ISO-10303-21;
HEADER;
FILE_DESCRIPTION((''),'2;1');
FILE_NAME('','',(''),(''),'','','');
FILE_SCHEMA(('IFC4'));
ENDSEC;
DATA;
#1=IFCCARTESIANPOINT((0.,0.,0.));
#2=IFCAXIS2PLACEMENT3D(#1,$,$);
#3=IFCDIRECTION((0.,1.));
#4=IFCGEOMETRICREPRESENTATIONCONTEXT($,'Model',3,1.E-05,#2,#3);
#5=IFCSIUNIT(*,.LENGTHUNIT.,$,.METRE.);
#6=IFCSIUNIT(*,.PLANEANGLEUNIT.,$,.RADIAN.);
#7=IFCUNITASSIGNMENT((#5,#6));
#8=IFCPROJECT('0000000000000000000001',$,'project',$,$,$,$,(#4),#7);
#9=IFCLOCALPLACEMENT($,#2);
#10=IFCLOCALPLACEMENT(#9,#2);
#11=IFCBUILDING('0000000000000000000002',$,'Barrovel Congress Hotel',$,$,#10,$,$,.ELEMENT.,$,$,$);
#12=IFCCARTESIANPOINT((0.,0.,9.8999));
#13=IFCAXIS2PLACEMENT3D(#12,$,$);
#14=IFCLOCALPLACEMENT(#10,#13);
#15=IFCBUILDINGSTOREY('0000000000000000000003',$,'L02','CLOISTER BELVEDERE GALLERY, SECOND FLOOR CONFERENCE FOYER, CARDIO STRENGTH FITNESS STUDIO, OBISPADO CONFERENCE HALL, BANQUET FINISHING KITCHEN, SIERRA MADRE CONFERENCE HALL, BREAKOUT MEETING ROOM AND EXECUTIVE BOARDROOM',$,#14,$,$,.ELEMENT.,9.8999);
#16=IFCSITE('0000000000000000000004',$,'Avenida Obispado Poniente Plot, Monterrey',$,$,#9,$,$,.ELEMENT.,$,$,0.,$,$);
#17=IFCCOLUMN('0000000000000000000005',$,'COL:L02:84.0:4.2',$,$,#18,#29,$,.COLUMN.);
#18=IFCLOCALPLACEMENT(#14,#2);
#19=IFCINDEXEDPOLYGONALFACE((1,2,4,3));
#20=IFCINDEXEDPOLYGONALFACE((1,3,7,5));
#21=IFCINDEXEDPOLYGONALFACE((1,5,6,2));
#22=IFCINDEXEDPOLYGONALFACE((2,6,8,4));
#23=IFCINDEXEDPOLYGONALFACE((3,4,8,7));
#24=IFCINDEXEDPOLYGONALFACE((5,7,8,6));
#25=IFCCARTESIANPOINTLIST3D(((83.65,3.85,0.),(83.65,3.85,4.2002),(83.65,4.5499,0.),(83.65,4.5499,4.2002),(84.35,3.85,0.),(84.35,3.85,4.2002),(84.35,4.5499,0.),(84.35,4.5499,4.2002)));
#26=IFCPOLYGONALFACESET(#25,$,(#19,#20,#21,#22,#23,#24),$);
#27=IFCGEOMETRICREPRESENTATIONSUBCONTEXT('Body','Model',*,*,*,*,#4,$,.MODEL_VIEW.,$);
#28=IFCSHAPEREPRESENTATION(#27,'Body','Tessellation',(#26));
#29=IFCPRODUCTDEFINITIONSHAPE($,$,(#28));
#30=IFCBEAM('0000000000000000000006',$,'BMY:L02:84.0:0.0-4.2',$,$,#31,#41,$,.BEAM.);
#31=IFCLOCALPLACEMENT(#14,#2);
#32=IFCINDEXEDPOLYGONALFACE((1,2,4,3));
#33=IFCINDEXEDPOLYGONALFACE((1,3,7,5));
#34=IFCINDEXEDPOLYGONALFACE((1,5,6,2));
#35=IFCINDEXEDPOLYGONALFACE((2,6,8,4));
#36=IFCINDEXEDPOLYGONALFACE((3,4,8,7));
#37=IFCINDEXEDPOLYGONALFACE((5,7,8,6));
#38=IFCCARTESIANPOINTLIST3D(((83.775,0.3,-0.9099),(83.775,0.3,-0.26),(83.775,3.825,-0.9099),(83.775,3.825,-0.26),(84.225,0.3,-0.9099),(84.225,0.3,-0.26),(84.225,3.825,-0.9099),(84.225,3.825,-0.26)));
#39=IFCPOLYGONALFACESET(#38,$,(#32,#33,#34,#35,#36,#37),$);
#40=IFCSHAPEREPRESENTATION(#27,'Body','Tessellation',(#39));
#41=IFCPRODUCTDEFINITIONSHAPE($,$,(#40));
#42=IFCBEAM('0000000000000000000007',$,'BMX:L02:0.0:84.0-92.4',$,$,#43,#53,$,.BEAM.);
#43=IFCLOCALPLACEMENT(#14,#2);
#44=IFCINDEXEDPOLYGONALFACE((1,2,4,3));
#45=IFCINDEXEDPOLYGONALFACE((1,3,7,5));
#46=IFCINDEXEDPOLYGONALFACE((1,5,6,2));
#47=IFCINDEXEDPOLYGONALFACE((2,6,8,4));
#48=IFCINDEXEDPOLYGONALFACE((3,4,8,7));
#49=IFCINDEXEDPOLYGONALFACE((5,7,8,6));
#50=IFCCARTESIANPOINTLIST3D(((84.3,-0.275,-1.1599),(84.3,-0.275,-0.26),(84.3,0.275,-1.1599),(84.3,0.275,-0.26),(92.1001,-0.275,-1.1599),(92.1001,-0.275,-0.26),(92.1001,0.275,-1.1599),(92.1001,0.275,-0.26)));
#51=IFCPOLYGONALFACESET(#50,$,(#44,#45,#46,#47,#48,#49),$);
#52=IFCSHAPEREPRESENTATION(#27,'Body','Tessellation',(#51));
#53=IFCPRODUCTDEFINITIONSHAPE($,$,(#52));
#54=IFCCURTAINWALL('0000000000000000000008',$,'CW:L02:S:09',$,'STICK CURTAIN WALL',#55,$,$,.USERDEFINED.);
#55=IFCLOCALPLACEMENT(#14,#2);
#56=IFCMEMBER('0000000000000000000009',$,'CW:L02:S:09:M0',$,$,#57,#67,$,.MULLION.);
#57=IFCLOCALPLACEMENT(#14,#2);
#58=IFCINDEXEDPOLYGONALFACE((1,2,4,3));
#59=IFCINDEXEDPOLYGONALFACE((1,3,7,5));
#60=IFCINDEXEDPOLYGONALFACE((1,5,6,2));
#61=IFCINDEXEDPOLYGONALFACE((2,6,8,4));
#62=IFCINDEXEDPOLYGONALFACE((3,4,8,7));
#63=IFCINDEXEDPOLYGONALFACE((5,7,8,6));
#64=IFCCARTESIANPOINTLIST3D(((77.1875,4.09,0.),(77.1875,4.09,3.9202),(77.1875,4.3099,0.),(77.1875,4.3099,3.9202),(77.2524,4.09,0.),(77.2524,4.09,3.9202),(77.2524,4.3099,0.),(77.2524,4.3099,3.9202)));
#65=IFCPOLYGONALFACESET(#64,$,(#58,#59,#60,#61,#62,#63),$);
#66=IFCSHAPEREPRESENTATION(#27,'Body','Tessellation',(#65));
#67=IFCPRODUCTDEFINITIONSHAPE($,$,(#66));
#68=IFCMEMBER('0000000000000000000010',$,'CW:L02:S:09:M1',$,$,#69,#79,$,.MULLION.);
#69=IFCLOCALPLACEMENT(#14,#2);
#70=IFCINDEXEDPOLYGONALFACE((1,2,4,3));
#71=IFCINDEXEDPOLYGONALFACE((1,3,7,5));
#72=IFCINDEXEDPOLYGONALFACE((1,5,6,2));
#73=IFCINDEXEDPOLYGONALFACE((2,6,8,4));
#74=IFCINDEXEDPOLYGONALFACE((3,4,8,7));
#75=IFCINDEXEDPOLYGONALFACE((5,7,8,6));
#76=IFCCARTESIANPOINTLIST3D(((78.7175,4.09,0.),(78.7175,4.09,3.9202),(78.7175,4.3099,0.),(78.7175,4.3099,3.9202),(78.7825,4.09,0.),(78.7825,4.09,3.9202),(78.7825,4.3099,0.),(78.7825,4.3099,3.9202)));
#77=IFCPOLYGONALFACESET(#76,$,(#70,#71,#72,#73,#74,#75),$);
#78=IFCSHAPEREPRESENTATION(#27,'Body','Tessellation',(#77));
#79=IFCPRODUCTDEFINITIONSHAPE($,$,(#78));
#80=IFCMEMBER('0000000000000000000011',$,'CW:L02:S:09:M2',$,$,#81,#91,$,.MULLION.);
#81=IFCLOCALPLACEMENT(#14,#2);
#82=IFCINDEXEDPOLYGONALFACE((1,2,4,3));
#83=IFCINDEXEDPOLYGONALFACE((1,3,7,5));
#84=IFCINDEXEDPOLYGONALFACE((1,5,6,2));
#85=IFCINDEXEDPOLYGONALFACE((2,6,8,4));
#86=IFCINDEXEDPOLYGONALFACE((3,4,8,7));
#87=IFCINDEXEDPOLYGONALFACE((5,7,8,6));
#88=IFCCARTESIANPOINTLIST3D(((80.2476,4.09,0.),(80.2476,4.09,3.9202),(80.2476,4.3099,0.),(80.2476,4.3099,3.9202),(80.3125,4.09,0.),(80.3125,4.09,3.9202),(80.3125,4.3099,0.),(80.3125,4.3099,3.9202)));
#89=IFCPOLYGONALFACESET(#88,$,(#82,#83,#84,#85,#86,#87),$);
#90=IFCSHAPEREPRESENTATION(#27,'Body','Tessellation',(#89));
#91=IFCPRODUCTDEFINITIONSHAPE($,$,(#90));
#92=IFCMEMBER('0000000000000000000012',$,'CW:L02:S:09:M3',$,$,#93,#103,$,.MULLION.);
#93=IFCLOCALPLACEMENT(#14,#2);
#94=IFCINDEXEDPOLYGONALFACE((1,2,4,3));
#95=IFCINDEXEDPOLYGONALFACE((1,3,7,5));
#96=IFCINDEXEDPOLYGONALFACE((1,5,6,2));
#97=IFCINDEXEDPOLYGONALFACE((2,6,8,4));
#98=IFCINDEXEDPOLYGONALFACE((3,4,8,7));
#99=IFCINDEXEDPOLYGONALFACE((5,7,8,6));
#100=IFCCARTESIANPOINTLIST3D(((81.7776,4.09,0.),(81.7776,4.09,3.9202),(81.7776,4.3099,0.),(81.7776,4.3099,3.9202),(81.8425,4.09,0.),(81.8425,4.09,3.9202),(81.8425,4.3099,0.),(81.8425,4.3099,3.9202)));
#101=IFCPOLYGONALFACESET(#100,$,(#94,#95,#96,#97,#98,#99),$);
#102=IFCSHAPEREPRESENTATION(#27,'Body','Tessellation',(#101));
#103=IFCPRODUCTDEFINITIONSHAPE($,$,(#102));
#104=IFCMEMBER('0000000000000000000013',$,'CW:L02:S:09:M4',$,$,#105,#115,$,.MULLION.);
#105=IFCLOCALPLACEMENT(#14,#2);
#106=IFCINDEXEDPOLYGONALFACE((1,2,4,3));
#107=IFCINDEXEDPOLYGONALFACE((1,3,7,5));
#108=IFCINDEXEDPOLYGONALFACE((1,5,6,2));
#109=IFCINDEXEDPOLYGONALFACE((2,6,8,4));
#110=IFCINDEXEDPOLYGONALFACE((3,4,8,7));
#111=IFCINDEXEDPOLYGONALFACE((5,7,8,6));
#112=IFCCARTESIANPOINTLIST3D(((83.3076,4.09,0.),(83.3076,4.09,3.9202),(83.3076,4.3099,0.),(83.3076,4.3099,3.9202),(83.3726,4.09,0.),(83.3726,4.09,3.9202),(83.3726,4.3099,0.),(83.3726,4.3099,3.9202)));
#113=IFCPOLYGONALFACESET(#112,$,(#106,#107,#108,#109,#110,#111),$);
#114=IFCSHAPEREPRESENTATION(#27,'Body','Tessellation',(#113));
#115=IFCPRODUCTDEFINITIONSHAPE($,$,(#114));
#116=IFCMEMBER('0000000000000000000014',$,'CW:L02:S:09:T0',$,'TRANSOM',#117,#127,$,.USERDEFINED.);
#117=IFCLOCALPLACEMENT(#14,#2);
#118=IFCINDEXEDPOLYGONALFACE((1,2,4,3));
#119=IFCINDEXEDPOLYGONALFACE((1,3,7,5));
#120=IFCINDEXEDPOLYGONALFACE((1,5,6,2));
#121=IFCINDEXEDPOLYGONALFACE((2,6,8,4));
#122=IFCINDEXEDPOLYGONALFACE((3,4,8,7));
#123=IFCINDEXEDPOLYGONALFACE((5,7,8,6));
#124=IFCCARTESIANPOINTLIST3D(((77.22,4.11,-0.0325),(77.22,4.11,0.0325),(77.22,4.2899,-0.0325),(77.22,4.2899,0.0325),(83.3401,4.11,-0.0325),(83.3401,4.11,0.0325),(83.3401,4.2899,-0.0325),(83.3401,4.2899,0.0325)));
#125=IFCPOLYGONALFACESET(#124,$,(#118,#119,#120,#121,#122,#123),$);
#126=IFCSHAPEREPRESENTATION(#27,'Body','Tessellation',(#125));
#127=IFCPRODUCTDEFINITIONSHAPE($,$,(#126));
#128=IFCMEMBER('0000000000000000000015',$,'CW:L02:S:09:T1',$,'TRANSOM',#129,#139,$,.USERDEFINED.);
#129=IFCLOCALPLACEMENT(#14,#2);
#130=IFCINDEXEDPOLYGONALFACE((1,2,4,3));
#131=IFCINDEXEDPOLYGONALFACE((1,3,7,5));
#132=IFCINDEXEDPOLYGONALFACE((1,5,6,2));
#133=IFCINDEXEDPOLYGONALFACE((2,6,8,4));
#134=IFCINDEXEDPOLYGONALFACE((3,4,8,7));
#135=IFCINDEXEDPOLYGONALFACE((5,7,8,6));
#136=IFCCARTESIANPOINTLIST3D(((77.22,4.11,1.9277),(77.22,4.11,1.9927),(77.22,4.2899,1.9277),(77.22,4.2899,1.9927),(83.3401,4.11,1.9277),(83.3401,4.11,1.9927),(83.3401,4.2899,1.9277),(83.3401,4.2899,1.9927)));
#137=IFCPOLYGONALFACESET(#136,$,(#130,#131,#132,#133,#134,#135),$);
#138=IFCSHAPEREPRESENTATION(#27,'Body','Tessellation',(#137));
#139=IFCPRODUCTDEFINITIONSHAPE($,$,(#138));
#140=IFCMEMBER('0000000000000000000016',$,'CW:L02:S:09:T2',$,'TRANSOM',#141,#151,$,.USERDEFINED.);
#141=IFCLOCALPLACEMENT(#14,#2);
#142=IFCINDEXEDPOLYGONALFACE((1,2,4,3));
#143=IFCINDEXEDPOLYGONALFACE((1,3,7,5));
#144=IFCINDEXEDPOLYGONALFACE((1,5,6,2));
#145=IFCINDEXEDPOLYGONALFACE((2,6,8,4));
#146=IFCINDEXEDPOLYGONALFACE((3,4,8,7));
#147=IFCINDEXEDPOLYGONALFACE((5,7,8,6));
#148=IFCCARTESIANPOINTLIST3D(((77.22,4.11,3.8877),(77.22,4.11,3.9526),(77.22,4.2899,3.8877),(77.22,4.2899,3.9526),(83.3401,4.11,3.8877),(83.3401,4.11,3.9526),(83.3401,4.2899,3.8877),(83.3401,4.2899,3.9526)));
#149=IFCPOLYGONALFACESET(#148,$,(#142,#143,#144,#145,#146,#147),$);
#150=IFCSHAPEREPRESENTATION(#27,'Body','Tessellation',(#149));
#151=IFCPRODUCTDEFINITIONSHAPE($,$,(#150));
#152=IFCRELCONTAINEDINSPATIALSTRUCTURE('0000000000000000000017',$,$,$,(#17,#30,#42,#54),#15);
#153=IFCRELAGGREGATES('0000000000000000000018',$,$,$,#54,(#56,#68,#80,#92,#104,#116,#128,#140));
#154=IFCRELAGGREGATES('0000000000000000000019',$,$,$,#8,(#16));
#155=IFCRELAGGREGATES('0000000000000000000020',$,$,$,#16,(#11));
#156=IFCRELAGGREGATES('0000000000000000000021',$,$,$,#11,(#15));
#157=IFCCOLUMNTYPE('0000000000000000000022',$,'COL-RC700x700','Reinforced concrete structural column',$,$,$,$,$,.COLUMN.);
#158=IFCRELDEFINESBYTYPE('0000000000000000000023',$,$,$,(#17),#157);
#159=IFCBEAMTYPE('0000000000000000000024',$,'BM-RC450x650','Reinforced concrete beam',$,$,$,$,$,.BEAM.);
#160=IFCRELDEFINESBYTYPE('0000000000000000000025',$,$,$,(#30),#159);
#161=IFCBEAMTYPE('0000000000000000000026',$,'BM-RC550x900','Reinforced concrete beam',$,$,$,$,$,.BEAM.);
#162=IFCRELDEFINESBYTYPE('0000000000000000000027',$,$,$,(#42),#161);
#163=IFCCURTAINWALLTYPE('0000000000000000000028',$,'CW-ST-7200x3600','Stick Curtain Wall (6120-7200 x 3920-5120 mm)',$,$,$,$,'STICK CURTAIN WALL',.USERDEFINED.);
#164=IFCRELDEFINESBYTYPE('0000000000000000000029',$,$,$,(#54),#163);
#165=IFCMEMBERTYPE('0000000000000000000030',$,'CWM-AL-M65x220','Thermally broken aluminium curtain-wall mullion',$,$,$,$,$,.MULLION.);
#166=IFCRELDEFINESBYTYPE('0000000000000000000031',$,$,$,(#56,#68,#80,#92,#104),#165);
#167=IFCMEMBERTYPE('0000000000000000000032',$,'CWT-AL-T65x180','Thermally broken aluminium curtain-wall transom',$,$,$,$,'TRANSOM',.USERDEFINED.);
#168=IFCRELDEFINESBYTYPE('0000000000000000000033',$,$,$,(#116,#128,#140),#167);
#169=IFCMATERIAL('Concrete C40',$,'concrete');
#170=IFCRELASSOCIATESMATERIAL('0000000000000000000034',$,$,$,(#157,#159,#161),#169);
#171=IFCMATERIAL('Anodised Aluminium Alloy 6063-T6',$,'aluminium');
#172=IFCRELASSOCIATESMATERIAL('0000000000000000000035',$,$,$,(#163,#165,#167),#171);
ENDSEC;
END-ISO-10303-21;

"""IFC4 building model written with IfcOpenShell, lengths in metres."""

from ifc_helpers import new_model, si_unit, direction, frame, origin, origin_2d, place, context, subcontext, project, spatial, rectangle, extrude, material, material_profile, profile_set, type_object, element, aggregate, save


model = new_model("IFC4")

# Units and contexts
model_context = context("Model", 3, precision=1e-05, world=origin(), true_north=direction((0.0, 1.0)))
body_context = subcontext(model_context, "Body", "Model", "MODEL_VIEW")
ifc_project = project(units=[si_unit("LENGTHUNIT", "METRE"), si_unit("PLANEANGLEUNIT", "RADIAN")], contexts=[model_context])

# Site, building, storey
site_placement = place(None, origin())
site = spatial("IfcSite", under=ifc_project, at=site_placement, Name="Avenida Obispado Poniente Plot, Monterrey", CompositionType="ELEMENT", RefElevation=0.0)
building_placement = place(site_placement, origin())
building = spatial("IfcBuilding", under=site, at=building_placement, Name="Barrovel Congress Hotel", CompositionType="ELEMENT")
storey_placement = place(building_placement, frame((0.0, 0.0, 9.8999)))
storey = spatial("IfcBuildingStorey", under=building, at=storey_placement, Name="L02", Description="CLOISTER BELVEDERE GALLERY, SECOND FLOOR CONFERENCE FOYER, CARDIO STRENGTH FITNESS STUDIO, OBISPADO CONFERENCE HALL, BANQUET FINISHING KITCHEN, SIERRA MADRE CONFERENCE HALL, BREAKOUT MEETING ROOM AND EXECUTIVE BOARDROOM", CompositionType="ELEMENT", Elevation=9.8999)

# Column
ifc_material_1 = material(Name="Concrete C40", Category="concrete")
ifc_material_profile_1 = material_profile(ifc_material_1, rectangle(XDim=0.7, YDim=0.7, at=origin_2d()), Name="RC700x700")
ifc_profile_set_1 = profile_set([ifc_material_profile_1], Name="Concrete C40")
column_type = type_object("IfcColumnType", Name="COL-RC700x700", Description="Reinforced concrete structural column", PredefinedType="COLUMN", material=ifc_profile_set_1)
column_placement = place(storey_placement, frame((84.0, 4.2, 0.0), z_axis=(0.0, 0.0, 1.0), x_axis=(1.0, 0.0, 0.0)))
element("IfcColumn", 1, at=column_placement, inside=storey, type_object=column_type, Name="COL:L02:84.0:4.2", PredefinedType="COLUMN", context=body_context, shape_type="SweptSolid", body=[
    extrude(rectangle(XDim=0.7, YDim=0.7, at=origin_2d()), origin(), (0.0, 0.0, 1.0), 4.2002),
])

# Beams
ifc_material_profile_2 = material_profile(ifc_material_1, rectangle(XDim=0.45, YDim=0.6499, at=origin_2d()), Name="RC450x650")
ifc_profile_set_2 = profile_set([ifc_material_profile_2], Name="Concrete C40")
beam_type_1 = type_object("IfcBeamType", Name="BM-RC450x650", Description="Reinforced concrete beam", PredefinedType="BEAM", material=ifc_profile_set_2)
beam_1_placement = place(storey_placement, frame((84.0, 0.3, -0.585), z_axis=(0.0, 1.0, 0.0), x_axis=(-1.0, 0.0, 0.0)))
element("IfcBeam", 2, at=beam_1_placement, inside=storey, type_object=beam_type_1, Name="BMY:L02:84.0:0.0-4.2", PredefinedType="BEAM", context=body_context, shape_type="SweptSolid", body=[
    extrude(rectangle(XDim=0.45, YDim=0.6499, at=origin_2d()), origin(), (0.0, 0.0, 1.0), 3.5249),
])
ifc_material_profile_3 = material_profile(ifc_material_1, rectangle(XDim=0.55, YDim=0.8999, at=origin_2d()), Name="RC550x900")
ifc_profile_set_3 = profile_set([ifc_material_profile_3], Name="Concrete C40")
beam_type_2 = type_object("IfcBeamType", Name="BM-RC550x900", Description="Reinforced concrete beam", PredefinedType="BEAM", material=ifc_profile_set_3)
beam_2_placement = place(storey_placement, frame((84.3, 0.0, -0.71), z_axis=(1.0, 0.0, 0.0), x_axis=(0.0, 1.0, 0.0)))
element("IfcBeam", 3, at=beam_2_placement, inside=storey, type_object=beam_type_2, Name="BMX:L02:0.0:84.0-92.4", PredefinedType="BEAM", context=body_context, shape_type="SweptSolid", body=[
    extrude(rectangle(XDim=0.55, YDim=0.8999, at=origin_2d()), origin(), (0.0, 0.0, 1.0), 7.8),
])

# Curtain wall, members
ifc_material_2 = material(Name="Anodised Aluminium Alloy 6063-T6", Category="aluminium")
curtain_wall_type = type_object("IfcCurtainWallType", Name="CW-ST-7200x3600", Description="Stick Curtain Wall (6120-7200 x 3920-5120 mm)", ElementType="STICK CURTAIN WALL", PredefinedType="USERDEFINED", material=ifc_material_2)
curtain_wall_placement = place(storey_placement, origin())
curtain_wall = element("IfcCurtainWall", 4, at=curtain_wall_placement, inside=storey, type_object=curtain_wall_type, Name="CW:L02:S:09", ObjectType="STICK CURTAIN WALL", PredefinedType="USERDEFINED")
ifc_material_profile_4 = material_profile(ifc_material_2, rectangle(XDim=0.0649, YDim=0.22, at=origin_2d()), Name="AL-M65x220")
ifc_profile_set_4 = profile_set([ifc_material_profile_4], Name="Anodised Aluminium Alloy 6063-T6")
member_type_1 = type_object("IfcMemberType", Name="CWM-AL-M65x220", Description="Thermally broken aluminium curtain-wall mullion", PredefinedType="MULLION", material=ifc_profile_set_4)
member_1_placement = place(storey_placement, frame((77.22, 4.2, 0.0), z_axis=(0.0, 0.0, 1.0), x_axis=(1.0, 0.0, 0.0)))
member_1 = element("IfcMember", 5, at=member_1_placement, type_object=member_type_1, Name="CW:L02:S:09:M0", PredefinedType="MULLION", context=body_context, shape_type="SweptSolid", body=[
    extrude(rectangle(XDim=0.0649, YDim=0.22, at=origin_2d()), origin(), (0.0, 0.0, 1.0), 3.9202),
])
member_2_placement = place(storey_placement, frame((78.75, 4.2, 0.0), z_axis=(0.0, 0.0, 1.0), x_axis=(1.0, 0.0, 0.0)))
member_2 = element("IfcMember", 6, at=member_2_placement, type_object=member_type_1, Name="CW:L02:S:09:M1", PredefinedType="MULLION", context=body_context, shape_type="SweptSolid", body=[
    extrude(rectangle(XDim=0.0649, YDim=0.22, at=origin_2d()), origin(), (0.0, 0.0, 1.0), 3.9202),
])
member_3_placement = place(storey_placement, frame((80.28, 4.2, 0.0), z_axis=(0.0, 0.0, 1.0), x_axis=(1.0, 0.0, 0.0)))
member_3 = element("IfcMember", 7, at=member_3_placement, type_object=member_type_1, Name="CW:L02:S:09:M2", PredefinedType="MULLION", context=body_context, shape_type="SweptSolid", body=[
    extrude(rectangle(XDim=0.0649, YDim=0.22, at=origin_2d()), origin(), (0.0, 0.0, 1.0), 3.9202),
])
member_4_placement = place(storey_placement, frame((81.8101, 4.2, 0.0), z_axis=(0.0, 0.0, 1.0), x_axis=(1.0, 0.0, 0.0)))
member_4 = element("IfcMember", 8, at=member_4_placement, type_object=member_type_1, Name="CW:L02:S:09:M3", PredefinedType="MULLION", context=body_context, shape_type="SweptSolid", body=[
    extrude(rectangle(XDim=0.0649, YDim=0.22, at=origin_2d()), origin(), (0.0, 0.0, 1.0), 3.9202),
])
member_5_placement = place(storey_placement, frame((83.3401, 4.2, 0.0), z_axis=(0.0, 0.0, 1.0), x_axis=(1.0, 0.0, 0.0)))
member_5 = element("IfcMember", 9, at=member_5_placement, type_object=member_type_1, Name="CW:L02:S:09:M4", PredefinedType="MULLION", context=body_context, shape_type="SweptSolid", body=[
    extrude(rectangle(XDim=0.0649, YDim=0.22, at=origin_2d()), origin(), (0.0, 0.0, 1.0), 3.9202),
])
ifc_material_profile_5 = material_profile(ifc_material_2, rectangle(XDim=0.1799, YDim=0.0649, at=origin_2d()), Name="AL-T65x180")
ifc_profile_set_5 = profile_set([ifc_material_profile_5], Name="Anodised Aluminium Alloy 6063-T6")
member_type_2 = type_object("IfcMemberType", Name="CWT-AL-T65x180", Description="Thermally broken aluminium curtain-wall transom", ElementType="TRANSOM", PredefinedType="USERDEFINED", material=ifc_profile_set_5)
member_6_placement = place(storey_placement, frame((77.22, 4.2, 0.0), z_axis=(1.0, 0.0, 0.0), x_axis=(0.0, 1.0, 0.0)))
member_6 = element("IfcMember", 10, at=member_6_placement, type_object=member_type_2, Name="CW:L02:S:09:T0", ObjectType="TRANSOM", PredefinedType="USERDEFINED", context=body_context, shape_type="SweptSolid", body=[
    extrude(rectangle(XDim=0.1799, YDim=0.0649, at=origin_2d()), origin(), (0.0, 0.0, 1.0), 6.1201),
])
member_7_placement = place(storey_placement, frame((77.22, 4.2, 1.9602), z_axis=(1.0, 0.0, 0.0), x_axis=(0.0, 1.0, 0.0)))
member_7 = element("IfcMember", 11, at=member_7_placement, type_object=member_type_2, Name="CW:L02:S:09:T1", ObjectType="TRANSOM", PredefinedType="USERDEFINED", context=body_context, shape_type="SweptSolid", body=[
    extrude(rectangle(XDim=0.1799, YDim=0.0649, at=origin_2d()), origin(), (0.0, 0.0, 1.0), 6.1201),
])
member_8_placement = place(storey_placement, frame((77.22, 4.2, 3.9202), z_axis=(1.0, 0.0, 0.0), x_axis=(0.0, 1.0, 0.0)))
member_8 = element("IfcMember", 12, at=member_8_placement, type_object=member_type_2, Name="CW:L02:S:09:T2", ObjectType="TRANSOM", PredefinedType="USERDEFINED", context=body_context, shape_type="SweptSolid", body=[
    extrude(rectangle(XDim=0.1799, YDim=0.0649, at=origin_2d()), origin(), (0.0, 0.0, 1.0), 6.1201),
])

aggregate(curtain_wall, [member_1, member_2, member_3, member_4, member_5, member_6, member_7, member_8])

save(model, "model.ifc")
